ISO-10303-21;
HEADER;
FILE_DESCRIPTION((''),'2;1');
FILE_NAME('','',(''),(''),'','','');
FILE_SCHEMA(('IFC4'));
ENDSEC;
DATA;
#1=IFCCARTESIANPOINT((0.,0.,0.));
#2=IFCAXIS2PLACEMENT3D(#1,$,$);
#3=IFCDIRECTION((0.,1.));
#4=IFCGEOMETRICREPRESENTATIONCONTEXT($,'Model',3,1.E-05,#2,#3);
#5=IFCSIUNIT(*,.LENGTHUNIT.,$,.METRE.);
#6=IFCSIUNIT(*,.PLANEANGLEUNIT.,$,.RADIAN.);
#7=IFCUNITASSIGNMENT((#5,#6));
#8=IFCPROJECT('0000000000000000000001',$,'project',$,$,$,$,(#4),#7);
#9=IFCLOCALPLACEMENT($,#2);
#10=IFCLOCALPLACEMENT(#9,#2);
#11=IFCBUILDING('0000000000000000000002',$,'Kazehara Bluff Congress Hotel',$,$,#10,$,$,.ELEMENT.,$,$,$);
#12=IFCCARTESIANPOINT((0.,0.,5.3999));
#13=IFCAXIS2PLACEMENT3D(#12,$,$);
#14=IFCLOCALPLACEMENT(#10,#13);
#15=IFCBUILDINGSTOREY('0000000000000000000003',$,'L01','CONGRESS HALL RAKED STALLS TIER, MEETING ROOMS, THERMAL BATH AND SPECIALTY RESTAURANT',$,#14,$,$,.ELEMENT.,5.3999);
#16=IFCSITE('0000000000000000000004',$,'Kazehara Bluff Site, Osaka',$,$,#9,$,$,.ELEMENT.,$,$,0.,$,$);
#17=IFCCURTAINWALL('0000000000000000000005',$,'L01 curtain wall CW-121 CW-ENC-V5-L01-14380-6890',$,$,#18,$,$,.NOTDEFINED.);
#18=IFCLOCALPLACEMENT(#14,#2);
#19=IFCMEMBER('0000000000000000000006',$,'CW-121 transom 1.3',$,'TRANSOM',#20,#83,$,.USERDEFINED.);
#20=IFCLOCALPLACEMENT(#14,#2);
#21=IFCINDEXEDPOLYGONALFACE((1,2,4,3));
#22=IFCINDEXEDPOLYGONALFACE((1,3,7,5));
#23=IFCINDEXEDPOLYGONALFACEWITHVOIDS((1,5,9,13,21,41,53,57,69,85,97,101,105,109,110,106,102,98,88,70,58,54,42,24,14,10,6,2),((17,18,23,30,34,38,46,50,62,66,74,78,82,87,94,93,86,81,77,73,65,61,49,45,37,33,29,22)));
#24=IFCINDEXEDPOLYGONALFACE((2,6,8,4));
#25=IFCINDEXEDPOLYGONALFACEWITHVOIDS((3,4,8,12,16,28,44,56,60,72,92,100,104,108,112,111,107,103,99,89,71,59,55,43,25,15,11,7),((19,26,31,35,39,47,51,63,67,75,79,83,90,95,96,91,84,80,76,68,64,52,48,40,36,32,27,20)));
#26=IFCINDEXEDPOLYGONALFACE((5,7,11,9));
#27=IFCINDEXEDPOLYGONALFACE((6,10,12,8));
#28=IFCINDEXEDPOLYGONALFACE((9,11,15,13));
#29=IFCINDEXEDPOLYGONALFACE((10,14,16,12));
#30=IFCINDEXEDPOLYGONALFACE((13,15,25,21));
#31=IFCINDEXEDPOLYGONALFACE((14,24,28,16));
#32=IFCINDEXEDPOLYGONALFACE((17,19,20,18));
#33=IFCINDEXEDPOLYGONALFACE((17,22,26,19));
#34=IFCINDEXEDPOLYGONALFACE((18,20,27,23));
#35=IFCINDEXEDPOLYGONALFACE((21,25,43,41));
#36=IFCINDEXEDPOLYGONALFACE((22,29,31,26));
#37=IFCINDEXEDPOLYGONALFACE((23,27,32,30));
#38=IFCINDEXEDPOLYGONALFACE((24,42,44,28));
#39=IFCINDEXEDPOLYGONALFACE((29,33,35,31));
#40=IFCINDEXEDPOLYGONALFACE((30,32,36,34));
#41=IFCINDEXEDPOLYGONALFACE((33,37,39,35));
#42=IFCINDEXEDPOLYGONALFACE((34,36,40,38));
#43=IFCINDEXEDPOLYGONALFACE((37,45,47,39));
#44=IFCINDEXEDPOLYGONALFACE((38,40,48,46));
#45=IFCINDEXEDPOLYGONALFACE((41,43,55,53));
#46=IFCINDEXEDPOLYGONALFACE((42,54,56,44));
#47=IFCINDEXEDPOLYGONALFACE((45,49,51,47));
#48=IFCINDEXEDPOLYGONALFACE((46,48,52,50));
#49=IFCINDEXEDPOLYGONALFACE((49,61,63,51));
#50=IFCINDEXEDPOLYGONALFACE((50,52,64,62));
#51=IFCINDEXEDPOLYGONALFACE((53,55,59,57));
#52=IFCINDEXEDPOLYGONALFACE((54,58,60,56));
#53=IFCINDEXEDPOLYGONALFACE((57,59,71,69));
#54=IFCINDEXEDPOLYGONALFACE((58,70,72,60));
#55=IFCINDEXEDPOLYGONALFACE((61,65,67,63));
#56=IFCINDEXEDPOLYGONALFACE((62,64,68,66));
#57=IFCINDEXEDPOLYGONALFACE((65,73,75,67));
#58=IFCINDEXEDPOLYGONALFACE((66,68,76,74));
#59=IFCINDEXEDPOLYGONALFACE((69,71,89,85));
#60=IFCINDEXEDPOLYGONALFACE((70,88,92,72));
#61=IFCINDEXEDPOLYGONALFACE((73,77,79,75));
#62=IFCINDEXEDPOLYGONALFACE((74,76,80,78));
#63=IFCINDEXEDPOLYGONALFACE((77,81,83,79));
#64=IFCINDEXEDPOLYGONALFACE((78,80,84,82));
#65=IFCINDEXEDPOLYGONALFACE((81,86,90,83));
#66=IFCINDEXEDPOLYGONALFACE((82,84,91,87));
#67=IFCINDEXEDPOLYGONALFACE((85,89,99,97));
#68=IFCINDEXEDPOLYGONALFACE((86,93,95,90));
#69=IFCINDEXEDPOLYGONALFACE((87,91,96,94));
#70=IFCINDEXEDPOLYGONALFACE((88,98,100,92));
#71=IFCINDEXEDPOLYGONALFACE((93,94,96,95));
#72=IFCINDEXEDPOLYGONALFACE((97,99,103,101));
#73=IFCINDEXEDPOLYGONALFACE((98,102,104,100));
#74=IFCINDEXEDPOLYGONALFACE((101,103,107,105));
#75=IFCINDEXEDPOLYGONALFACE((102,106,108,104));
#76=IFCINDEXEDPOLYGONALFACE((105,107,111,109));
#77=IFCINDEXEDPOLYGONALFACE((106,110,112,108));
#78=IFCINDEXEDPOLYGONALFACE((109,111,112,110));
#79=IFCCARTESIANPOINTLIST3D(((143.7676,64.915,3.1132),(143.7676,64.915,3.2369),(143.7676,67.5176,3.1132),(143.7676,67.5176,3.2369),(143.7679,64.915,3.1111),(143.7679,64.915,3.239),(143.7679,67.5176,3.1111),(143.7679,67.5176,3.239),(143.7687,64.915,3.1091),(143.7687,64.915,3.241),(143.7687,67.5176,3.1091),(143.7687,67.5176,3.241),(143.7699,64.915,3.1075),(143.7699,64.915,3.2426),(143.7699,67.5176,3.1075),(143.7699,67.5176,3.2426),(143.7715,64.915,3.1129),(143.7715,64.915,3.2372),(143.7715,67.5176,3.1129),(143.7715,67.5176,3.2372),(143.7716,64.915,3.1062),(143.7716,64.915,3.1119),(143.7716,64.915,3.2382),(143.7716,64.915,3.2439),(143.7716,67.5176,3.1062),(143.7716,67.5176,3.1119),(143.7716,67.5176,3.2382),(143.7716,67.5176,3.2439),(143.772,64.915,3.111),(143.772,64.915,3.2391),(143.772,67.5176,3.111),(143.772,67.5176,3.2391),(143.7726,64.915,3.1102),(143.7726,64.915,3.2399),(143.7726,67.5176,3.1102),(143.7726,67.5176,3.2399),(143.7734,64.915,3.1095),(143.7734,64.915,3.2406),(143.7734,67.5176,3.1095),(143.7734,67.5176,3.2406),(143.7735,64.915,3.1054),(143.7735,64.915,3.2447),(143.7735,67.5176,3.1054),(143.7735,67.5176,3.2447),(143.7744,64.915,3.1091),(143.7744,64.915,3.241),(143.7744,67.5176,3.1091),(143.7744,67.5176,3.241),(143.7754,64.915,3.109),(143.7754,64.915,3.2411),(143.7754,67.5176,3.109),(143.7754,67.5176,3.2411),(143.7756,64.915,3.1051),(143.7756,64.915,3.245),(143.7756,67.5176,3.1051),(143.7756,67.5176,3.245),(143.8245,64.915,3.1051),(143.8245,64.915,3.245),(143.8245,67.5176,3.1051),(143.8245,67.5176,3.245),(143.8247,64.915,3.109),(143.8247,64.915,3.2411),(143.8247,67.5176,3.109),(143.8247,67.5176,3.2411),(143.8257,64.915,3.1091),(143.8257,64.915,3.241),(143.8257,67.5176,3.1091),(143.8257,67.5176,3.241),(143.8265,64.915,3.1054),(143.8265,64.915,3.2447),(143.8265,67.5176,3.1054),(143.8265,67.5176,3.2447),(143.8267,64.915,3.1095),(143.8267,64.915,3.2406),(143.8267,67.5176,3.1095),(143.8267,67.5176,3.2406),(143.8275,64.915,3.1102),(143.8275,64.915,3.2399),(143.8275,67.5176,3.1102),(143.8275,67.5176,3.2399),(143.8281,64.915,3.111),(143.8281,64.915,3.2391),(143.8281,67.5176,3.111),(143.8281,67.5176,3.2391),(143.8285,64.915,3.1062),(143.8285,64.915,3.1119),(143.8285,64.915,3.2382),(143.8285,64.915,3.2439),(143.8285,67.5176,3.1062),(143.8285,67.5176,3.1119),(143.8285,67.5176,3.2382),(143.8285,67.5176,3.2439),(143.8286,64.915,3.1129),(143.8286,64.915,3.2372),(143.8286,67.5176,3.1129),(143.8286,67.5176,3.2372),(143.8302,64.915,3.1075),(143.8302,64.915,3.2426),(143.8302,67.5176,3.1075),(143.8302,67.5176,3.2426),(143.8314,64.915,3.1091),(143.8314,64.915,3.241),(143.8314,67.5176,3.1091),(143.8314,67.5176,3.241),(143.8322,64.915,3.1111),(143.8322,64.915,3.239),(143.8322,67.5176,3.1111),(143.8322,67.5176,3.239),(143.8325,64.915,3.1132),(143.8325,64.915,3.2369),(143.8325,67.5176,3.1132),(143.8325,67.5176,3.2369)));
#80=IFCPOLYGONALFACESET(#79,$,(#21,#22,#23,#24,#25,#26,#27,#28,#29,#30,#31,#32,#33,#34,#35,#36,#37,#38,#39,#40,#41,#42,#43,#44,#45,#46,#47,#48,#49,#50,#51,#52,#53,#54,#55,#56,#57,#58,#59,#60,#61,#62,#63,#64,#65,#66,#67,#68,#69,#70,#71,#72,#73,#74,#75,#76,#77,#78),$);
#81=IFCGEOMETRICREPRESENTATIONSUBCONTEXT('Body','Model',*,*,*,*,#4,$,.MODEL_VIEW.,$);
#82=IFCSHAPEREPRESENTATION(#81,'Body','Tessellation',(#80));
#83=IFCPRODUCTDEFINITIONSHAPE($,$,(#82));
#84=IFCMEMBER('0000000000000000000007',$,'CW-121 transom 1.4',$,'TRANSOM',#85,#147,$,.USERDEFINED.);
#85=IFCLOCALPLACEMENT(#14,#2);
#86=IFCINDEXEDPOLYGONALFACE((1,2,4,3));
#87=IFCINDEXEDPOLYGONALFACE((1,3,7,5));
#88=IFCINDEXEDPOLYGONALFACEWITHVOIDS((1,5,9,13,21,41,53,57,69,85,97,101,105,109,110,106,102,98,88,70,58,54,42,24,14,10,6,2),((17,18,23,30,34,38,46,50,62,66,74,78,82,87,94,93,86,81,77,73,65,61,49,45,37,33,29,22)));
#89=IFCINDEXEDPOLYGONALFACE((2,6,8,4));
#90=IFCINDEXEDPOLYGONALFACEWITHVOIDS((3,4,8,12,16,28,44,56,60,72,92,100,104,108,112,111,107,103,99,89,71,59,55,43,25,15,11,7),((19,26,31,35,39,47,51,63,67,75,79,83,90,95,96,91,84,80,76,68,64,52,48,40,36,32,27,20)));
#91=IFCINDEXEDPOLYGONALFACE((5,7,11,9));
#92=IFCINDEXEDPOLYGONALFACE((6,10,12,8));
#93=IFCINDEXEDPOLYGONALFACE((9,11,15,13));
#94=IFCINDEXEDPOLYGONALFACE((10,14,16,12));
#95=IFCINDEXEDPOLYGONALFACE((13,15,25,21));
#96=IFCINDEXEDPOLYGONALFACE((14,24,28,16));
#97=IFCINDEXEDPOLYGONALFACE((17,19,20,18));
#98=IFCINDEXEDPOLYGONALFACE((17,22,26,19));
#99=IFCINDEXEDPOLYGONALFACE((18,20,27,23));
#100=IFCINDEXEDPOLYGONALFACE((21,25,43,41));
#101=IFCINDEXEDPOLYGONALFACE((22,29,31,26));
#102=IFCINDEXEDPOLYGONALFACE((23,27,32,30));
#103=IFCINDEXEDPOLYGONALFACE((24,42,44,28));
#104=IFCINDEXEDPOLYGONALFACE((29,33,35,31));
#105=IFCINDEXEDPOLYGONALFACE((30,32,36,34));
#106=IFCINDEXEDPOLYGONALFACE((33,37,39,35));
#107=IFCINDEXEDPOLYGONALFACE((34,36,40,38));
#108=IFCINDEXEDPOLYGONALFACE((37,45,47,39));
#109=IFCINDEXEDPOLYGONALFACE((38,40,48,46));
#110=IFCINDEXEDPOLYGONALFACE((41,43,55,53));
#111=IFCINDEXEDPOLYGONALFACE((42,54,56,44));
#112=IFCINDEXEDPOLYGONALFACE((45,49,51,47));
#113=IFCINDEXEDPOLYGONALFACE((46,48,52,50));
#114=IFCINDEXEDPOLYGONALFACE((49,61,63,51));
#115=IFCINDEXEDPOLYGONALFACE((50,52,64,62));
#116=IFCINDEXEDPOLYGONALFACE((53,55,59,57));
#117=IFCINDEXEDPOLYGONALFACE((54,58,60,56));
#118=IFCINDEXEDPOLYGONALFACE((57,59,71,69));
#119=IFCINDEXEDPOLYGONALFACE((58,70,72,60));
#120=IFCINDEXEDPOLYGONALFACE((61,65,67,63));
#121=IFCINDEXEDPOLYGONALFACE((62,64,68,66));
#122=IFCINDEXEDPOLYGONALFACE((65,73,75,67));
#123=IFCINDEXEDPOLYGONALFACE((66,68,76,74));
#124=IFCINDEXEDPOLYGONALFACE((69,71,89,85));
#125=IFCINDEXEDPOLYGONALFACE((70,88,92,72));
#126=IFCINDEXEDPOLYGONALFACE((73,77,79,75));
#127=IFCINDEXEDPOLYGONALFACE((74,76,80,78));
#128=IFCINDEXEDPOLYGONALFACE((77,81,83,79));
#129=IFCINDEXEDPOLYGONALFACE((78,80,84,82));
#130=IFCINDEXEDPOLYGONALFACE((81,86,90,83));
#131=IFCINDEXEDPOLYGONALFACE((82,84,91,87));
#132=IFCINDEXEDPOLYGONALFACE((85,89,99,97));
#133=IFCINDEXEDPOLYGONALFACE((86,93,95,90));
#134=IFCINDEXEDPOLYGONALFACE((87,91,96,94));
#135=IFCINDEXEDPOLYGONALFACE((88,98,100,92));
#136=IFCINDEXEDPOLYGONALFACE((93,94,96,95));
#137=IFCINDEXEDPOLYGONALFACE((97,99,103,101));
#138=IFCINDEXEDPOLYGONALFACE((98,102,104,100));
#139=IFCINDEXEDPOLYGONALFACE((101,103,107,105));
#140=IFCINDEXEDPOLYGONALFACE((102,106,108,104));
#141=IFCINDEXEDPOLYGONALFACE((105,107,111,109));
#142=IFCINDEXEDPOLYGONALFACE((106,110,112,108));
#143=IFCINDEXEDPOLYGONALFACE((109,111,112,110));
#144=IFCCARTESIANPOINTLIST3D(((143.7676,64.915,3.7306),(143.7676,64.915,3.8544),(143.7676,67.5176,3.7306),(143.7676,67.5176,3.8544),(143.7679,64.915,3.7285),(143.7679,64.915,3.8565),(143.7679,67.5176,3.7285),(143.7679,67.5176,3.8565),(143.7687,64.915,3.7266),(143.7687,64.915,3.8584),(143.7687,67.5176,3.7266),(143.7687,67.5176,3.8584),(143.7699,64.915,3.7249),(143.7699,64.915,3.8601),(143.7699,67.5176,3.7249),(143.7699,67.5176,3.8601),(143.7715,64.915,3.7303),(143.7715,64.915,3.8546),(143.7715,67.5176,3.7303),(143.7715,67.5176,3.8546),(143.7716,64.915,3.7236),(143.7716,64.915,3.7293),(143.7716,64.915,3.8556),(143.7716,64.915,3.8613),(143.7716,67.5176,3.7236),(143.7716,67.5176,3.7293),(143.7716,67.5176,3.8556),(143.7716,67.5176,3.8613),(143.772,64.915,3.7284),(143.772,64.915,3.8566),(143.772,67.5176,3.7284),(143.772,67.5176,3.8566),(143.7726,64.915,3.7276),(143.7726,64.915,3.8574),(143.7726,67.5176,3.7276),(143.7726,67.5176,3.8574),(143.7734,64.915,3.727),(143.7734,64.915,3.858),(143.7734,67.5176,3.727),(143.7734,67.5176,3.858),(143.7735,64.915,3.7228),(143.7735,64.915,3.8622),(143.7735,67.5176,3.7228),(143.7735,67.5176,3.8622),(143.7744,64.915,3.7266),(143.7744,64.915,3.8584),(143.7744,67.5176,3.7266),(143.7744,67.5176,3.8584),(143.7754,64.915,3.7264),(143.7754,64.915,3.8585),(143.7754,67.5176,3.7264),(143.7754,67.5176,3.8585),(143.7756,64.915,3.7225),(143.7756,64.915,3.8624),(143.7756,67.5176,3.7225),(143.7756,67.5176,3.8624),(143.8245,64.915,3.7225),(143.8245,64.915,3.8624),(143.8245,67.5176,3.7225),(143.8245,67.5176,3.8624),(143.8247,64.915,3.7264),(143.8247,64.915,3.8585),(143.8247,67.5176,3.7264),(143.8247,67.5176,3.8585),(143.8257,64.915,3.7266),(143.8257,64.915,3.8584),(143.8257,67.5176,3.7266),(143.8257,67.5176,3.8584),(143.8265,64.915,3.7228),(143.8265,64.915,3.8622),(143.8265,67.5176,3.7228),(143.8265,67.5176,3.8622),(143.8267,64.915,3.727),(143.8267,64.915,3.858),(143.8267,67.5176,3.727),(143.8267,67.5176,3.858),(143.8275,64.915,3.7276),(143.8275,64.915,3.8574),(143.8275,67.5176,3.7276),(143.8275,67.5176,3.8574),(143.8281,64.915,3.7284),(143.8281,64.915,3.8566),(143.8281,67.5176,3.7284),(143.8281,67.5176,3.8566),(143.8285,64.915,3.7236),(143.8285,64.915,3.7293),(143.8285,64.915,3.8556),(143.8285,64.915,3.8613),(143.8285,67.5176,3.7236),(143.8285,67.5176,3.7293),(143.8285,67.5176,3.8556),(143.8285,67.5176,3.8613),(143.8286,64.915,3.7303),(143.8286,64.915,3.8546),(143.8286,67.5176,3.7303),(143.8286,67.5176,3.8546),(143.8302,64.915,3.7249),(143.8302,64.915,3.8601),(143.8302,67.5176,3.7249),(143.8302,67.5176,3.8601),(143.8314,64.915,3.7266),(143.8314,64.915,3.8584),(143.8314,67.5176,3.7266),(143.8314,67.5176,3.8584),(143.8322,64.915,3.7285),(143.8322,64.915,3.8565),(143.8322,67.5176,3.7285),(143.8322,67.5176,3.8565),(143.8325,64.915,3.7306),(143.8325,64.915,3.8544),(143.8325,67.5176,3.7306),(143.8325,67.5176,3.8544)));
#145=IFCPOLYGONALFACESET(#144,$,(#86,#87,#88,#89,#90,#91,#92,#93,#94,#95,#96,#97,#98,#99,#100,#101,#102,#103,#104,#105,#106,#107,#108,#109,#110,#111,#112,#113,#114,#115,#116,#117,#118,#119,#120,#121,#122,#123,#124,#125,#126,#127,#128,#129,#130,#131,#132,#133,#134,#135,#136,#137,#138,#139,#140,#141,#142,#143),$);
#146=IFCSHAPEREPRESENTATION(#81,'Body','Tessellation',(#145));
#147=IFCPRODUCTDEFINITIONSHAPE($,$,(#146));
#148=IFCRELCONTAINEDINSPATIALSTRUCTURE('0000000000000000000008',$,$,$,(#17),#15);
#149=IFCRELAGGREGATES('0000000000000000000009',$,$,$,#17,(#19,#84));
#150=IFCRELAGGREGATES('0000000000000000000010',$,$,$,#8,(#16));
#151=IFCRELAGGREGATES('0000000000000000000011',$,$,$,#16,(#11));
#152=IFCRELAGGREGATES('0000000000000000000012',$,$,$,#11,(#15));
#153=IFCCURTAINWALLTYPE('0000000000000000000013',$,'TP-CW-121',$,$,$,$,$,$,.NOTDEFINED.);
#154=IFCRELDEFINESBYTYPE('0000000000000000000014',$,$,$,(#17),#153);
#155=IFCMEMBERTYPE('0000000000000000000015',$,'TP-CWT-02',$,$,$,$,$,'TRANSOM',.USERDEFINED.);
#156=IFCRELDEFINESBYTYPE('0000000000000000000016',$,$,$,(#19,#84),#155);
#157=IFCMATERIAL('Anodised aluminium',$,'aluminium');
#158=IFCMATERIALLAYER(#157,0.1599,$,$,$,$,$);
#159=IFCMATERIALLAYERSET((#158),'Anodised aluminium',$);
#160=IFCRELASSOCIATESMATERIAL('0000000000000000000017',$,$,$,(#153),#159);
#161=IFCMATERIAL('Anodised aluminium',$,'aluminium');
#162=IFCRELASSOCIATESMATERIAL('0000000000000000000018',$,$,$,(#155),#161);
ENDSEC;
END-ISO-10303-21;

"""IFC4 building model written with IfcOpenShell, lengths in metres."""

from ifc_helpers import new_model, si_unit, direction, frame, origin, origin_2d, place, context, subcontext, project, spatial, hollow_rectangle, extrude, material, layer, layer_set, material_profile, profile_set, type_object, element, aggregate, save


model = new_model("IFC4")

# Units and contexts
model_context = context("Model", 3, precision=1e-05, world=origin(), true_north=direction((0.0, 1.0)))
body_context = subcontext(model_context, "Body", "Model", "MODEL_VIEW")
ifc_project = project(units=[si_unit("LENGTHUNIT", "METRE"), si_unit("PLANEANGLEUNIT", "RADIAN")], contexts=[model_context])

# Site, building, storey
site_placement = place(None, origin())
site = spatial("IfcSite", under=ifc_project, at=site_placement, Name="Kazehara Bluff Site, Osaka", CompositionType="ELEMENT", RefElevation=0.0)
building_placement = place(site_placement, origin())
building = spatial("IfcBuilding", under=site, at=building_placement, Name="Kazehara Bluff Congress Hotel", CompositionType="ELEMENT")
storey_placement = place(building_placement, frame((0.0, 0.0, 5.3999)))
storey = spatial("IfcBuildingStorey", under=building, at=storey_placement, Name="L01", Description="CONGRESS HALL RAKED STALLS TIER, MEETING ROOMS, THERMAL BATH AND SPECIALTY RESTAURANT", CompositionType="ELEMENT", Elevation=5.3999)

# Curtain wall
ifc_material_1 = material(Name="Anodised aluminium", Category="aluminium")
ifc_layer_1 = layer(ifc_material_1, 0.1599)
ifc_layer_set_1 = layer_set([ifc_layer_1], Name="Anodised aluminium")
curtain_wall_type_1 = type_object("IfcCurtainWallType", Name="TP-CW-121", PredefinedType="NOTDEFINED", material=ifc_layer_set_1)
curtain_wall_1_placement = place(storey_placement, origin())
curtain_wall_1 = element("IfcCurtainWall", 1, at=curtain_wall_1_placement, inside=storey, type_object=curtain_wall_type_1, Name="L01 curtain wall CW-121 CW-ENC-V5-L01-14380-6890", PredefinedType="NOTDEFINED")

# Members
ifc_material_2 = material(Name="Anodised aluminium", Category="aluminium")
ifc_material_profile_1 = material_profile(ifc_material_2, hollow_rectangle(XDim=0.0649, YDim=0.1399, WallThickness=0.0039, InnerFilletRadius=0.0039, OuterFilletRadius=0.0081, at=origin_2d()))
ifc_profile_set_1 = profile_set([ifc_material_profile_1], Name="Anodised aluminium")
member_type_1 = type_object("IfcMemberType", Name="TP-CWT-02", ElementType="TRANSOM", PredefinedType="USERDEFINED", material=ifc_profile_set_1)
member_1_placement = place(storey_placement, frame((143.8, 64.915, 3.175), z_axis=(0.0, 1.0, 0.0), x_axis=(-1.0, 0.0, 0.0)))
member_1 = element("IfcMember", 2, at=member_1_placement, type_object=member_type_1, Name="CW-121 transom 1.3", ObjectType="TRANSOM", PredefinedType="USERDEFINED", context=body_context, shape_type="SweptSolid", body=[
    extrude(hollow_rectangle(XDim=0.0649, YDim=0.1399, WallThickness=0.0039, InnerFilletRadius=0.0039, OuterFilletRadius=0.0081, at=origin_2d()), origin(), (0.0, 0.0, 1.0), 2.6025),
])
member_2_placement = place(storey_placement, frame((143.8, 64.915, 3.7925), z_axis=(0.0, 1.0, 0.0), x_axis=(-1.0, 0.0, 0.0)))
member_2 = element("IfcMember", 3, at=member_2_placement, type_object=member_type_1, Name="CW-121 transom 1.4", ObjectType="TRANSOM", PredefinedType="USERDEFINED", context=body_context, shape_type="SweptSolid", body=[
    extrude(hollow_rectangle(XDim=0.0649, YDim=0.1399, WallThickness=0.0039, InnerFilletRadius=0.0039, OuterFilletRadius=0.0081, at=origin_2d()), origin(), (0.0, 0.0, 1.0), 2.6025),
])

aggregate(curtain_wall_1, [member_1, member_2])

save(model, "model.ifc")
